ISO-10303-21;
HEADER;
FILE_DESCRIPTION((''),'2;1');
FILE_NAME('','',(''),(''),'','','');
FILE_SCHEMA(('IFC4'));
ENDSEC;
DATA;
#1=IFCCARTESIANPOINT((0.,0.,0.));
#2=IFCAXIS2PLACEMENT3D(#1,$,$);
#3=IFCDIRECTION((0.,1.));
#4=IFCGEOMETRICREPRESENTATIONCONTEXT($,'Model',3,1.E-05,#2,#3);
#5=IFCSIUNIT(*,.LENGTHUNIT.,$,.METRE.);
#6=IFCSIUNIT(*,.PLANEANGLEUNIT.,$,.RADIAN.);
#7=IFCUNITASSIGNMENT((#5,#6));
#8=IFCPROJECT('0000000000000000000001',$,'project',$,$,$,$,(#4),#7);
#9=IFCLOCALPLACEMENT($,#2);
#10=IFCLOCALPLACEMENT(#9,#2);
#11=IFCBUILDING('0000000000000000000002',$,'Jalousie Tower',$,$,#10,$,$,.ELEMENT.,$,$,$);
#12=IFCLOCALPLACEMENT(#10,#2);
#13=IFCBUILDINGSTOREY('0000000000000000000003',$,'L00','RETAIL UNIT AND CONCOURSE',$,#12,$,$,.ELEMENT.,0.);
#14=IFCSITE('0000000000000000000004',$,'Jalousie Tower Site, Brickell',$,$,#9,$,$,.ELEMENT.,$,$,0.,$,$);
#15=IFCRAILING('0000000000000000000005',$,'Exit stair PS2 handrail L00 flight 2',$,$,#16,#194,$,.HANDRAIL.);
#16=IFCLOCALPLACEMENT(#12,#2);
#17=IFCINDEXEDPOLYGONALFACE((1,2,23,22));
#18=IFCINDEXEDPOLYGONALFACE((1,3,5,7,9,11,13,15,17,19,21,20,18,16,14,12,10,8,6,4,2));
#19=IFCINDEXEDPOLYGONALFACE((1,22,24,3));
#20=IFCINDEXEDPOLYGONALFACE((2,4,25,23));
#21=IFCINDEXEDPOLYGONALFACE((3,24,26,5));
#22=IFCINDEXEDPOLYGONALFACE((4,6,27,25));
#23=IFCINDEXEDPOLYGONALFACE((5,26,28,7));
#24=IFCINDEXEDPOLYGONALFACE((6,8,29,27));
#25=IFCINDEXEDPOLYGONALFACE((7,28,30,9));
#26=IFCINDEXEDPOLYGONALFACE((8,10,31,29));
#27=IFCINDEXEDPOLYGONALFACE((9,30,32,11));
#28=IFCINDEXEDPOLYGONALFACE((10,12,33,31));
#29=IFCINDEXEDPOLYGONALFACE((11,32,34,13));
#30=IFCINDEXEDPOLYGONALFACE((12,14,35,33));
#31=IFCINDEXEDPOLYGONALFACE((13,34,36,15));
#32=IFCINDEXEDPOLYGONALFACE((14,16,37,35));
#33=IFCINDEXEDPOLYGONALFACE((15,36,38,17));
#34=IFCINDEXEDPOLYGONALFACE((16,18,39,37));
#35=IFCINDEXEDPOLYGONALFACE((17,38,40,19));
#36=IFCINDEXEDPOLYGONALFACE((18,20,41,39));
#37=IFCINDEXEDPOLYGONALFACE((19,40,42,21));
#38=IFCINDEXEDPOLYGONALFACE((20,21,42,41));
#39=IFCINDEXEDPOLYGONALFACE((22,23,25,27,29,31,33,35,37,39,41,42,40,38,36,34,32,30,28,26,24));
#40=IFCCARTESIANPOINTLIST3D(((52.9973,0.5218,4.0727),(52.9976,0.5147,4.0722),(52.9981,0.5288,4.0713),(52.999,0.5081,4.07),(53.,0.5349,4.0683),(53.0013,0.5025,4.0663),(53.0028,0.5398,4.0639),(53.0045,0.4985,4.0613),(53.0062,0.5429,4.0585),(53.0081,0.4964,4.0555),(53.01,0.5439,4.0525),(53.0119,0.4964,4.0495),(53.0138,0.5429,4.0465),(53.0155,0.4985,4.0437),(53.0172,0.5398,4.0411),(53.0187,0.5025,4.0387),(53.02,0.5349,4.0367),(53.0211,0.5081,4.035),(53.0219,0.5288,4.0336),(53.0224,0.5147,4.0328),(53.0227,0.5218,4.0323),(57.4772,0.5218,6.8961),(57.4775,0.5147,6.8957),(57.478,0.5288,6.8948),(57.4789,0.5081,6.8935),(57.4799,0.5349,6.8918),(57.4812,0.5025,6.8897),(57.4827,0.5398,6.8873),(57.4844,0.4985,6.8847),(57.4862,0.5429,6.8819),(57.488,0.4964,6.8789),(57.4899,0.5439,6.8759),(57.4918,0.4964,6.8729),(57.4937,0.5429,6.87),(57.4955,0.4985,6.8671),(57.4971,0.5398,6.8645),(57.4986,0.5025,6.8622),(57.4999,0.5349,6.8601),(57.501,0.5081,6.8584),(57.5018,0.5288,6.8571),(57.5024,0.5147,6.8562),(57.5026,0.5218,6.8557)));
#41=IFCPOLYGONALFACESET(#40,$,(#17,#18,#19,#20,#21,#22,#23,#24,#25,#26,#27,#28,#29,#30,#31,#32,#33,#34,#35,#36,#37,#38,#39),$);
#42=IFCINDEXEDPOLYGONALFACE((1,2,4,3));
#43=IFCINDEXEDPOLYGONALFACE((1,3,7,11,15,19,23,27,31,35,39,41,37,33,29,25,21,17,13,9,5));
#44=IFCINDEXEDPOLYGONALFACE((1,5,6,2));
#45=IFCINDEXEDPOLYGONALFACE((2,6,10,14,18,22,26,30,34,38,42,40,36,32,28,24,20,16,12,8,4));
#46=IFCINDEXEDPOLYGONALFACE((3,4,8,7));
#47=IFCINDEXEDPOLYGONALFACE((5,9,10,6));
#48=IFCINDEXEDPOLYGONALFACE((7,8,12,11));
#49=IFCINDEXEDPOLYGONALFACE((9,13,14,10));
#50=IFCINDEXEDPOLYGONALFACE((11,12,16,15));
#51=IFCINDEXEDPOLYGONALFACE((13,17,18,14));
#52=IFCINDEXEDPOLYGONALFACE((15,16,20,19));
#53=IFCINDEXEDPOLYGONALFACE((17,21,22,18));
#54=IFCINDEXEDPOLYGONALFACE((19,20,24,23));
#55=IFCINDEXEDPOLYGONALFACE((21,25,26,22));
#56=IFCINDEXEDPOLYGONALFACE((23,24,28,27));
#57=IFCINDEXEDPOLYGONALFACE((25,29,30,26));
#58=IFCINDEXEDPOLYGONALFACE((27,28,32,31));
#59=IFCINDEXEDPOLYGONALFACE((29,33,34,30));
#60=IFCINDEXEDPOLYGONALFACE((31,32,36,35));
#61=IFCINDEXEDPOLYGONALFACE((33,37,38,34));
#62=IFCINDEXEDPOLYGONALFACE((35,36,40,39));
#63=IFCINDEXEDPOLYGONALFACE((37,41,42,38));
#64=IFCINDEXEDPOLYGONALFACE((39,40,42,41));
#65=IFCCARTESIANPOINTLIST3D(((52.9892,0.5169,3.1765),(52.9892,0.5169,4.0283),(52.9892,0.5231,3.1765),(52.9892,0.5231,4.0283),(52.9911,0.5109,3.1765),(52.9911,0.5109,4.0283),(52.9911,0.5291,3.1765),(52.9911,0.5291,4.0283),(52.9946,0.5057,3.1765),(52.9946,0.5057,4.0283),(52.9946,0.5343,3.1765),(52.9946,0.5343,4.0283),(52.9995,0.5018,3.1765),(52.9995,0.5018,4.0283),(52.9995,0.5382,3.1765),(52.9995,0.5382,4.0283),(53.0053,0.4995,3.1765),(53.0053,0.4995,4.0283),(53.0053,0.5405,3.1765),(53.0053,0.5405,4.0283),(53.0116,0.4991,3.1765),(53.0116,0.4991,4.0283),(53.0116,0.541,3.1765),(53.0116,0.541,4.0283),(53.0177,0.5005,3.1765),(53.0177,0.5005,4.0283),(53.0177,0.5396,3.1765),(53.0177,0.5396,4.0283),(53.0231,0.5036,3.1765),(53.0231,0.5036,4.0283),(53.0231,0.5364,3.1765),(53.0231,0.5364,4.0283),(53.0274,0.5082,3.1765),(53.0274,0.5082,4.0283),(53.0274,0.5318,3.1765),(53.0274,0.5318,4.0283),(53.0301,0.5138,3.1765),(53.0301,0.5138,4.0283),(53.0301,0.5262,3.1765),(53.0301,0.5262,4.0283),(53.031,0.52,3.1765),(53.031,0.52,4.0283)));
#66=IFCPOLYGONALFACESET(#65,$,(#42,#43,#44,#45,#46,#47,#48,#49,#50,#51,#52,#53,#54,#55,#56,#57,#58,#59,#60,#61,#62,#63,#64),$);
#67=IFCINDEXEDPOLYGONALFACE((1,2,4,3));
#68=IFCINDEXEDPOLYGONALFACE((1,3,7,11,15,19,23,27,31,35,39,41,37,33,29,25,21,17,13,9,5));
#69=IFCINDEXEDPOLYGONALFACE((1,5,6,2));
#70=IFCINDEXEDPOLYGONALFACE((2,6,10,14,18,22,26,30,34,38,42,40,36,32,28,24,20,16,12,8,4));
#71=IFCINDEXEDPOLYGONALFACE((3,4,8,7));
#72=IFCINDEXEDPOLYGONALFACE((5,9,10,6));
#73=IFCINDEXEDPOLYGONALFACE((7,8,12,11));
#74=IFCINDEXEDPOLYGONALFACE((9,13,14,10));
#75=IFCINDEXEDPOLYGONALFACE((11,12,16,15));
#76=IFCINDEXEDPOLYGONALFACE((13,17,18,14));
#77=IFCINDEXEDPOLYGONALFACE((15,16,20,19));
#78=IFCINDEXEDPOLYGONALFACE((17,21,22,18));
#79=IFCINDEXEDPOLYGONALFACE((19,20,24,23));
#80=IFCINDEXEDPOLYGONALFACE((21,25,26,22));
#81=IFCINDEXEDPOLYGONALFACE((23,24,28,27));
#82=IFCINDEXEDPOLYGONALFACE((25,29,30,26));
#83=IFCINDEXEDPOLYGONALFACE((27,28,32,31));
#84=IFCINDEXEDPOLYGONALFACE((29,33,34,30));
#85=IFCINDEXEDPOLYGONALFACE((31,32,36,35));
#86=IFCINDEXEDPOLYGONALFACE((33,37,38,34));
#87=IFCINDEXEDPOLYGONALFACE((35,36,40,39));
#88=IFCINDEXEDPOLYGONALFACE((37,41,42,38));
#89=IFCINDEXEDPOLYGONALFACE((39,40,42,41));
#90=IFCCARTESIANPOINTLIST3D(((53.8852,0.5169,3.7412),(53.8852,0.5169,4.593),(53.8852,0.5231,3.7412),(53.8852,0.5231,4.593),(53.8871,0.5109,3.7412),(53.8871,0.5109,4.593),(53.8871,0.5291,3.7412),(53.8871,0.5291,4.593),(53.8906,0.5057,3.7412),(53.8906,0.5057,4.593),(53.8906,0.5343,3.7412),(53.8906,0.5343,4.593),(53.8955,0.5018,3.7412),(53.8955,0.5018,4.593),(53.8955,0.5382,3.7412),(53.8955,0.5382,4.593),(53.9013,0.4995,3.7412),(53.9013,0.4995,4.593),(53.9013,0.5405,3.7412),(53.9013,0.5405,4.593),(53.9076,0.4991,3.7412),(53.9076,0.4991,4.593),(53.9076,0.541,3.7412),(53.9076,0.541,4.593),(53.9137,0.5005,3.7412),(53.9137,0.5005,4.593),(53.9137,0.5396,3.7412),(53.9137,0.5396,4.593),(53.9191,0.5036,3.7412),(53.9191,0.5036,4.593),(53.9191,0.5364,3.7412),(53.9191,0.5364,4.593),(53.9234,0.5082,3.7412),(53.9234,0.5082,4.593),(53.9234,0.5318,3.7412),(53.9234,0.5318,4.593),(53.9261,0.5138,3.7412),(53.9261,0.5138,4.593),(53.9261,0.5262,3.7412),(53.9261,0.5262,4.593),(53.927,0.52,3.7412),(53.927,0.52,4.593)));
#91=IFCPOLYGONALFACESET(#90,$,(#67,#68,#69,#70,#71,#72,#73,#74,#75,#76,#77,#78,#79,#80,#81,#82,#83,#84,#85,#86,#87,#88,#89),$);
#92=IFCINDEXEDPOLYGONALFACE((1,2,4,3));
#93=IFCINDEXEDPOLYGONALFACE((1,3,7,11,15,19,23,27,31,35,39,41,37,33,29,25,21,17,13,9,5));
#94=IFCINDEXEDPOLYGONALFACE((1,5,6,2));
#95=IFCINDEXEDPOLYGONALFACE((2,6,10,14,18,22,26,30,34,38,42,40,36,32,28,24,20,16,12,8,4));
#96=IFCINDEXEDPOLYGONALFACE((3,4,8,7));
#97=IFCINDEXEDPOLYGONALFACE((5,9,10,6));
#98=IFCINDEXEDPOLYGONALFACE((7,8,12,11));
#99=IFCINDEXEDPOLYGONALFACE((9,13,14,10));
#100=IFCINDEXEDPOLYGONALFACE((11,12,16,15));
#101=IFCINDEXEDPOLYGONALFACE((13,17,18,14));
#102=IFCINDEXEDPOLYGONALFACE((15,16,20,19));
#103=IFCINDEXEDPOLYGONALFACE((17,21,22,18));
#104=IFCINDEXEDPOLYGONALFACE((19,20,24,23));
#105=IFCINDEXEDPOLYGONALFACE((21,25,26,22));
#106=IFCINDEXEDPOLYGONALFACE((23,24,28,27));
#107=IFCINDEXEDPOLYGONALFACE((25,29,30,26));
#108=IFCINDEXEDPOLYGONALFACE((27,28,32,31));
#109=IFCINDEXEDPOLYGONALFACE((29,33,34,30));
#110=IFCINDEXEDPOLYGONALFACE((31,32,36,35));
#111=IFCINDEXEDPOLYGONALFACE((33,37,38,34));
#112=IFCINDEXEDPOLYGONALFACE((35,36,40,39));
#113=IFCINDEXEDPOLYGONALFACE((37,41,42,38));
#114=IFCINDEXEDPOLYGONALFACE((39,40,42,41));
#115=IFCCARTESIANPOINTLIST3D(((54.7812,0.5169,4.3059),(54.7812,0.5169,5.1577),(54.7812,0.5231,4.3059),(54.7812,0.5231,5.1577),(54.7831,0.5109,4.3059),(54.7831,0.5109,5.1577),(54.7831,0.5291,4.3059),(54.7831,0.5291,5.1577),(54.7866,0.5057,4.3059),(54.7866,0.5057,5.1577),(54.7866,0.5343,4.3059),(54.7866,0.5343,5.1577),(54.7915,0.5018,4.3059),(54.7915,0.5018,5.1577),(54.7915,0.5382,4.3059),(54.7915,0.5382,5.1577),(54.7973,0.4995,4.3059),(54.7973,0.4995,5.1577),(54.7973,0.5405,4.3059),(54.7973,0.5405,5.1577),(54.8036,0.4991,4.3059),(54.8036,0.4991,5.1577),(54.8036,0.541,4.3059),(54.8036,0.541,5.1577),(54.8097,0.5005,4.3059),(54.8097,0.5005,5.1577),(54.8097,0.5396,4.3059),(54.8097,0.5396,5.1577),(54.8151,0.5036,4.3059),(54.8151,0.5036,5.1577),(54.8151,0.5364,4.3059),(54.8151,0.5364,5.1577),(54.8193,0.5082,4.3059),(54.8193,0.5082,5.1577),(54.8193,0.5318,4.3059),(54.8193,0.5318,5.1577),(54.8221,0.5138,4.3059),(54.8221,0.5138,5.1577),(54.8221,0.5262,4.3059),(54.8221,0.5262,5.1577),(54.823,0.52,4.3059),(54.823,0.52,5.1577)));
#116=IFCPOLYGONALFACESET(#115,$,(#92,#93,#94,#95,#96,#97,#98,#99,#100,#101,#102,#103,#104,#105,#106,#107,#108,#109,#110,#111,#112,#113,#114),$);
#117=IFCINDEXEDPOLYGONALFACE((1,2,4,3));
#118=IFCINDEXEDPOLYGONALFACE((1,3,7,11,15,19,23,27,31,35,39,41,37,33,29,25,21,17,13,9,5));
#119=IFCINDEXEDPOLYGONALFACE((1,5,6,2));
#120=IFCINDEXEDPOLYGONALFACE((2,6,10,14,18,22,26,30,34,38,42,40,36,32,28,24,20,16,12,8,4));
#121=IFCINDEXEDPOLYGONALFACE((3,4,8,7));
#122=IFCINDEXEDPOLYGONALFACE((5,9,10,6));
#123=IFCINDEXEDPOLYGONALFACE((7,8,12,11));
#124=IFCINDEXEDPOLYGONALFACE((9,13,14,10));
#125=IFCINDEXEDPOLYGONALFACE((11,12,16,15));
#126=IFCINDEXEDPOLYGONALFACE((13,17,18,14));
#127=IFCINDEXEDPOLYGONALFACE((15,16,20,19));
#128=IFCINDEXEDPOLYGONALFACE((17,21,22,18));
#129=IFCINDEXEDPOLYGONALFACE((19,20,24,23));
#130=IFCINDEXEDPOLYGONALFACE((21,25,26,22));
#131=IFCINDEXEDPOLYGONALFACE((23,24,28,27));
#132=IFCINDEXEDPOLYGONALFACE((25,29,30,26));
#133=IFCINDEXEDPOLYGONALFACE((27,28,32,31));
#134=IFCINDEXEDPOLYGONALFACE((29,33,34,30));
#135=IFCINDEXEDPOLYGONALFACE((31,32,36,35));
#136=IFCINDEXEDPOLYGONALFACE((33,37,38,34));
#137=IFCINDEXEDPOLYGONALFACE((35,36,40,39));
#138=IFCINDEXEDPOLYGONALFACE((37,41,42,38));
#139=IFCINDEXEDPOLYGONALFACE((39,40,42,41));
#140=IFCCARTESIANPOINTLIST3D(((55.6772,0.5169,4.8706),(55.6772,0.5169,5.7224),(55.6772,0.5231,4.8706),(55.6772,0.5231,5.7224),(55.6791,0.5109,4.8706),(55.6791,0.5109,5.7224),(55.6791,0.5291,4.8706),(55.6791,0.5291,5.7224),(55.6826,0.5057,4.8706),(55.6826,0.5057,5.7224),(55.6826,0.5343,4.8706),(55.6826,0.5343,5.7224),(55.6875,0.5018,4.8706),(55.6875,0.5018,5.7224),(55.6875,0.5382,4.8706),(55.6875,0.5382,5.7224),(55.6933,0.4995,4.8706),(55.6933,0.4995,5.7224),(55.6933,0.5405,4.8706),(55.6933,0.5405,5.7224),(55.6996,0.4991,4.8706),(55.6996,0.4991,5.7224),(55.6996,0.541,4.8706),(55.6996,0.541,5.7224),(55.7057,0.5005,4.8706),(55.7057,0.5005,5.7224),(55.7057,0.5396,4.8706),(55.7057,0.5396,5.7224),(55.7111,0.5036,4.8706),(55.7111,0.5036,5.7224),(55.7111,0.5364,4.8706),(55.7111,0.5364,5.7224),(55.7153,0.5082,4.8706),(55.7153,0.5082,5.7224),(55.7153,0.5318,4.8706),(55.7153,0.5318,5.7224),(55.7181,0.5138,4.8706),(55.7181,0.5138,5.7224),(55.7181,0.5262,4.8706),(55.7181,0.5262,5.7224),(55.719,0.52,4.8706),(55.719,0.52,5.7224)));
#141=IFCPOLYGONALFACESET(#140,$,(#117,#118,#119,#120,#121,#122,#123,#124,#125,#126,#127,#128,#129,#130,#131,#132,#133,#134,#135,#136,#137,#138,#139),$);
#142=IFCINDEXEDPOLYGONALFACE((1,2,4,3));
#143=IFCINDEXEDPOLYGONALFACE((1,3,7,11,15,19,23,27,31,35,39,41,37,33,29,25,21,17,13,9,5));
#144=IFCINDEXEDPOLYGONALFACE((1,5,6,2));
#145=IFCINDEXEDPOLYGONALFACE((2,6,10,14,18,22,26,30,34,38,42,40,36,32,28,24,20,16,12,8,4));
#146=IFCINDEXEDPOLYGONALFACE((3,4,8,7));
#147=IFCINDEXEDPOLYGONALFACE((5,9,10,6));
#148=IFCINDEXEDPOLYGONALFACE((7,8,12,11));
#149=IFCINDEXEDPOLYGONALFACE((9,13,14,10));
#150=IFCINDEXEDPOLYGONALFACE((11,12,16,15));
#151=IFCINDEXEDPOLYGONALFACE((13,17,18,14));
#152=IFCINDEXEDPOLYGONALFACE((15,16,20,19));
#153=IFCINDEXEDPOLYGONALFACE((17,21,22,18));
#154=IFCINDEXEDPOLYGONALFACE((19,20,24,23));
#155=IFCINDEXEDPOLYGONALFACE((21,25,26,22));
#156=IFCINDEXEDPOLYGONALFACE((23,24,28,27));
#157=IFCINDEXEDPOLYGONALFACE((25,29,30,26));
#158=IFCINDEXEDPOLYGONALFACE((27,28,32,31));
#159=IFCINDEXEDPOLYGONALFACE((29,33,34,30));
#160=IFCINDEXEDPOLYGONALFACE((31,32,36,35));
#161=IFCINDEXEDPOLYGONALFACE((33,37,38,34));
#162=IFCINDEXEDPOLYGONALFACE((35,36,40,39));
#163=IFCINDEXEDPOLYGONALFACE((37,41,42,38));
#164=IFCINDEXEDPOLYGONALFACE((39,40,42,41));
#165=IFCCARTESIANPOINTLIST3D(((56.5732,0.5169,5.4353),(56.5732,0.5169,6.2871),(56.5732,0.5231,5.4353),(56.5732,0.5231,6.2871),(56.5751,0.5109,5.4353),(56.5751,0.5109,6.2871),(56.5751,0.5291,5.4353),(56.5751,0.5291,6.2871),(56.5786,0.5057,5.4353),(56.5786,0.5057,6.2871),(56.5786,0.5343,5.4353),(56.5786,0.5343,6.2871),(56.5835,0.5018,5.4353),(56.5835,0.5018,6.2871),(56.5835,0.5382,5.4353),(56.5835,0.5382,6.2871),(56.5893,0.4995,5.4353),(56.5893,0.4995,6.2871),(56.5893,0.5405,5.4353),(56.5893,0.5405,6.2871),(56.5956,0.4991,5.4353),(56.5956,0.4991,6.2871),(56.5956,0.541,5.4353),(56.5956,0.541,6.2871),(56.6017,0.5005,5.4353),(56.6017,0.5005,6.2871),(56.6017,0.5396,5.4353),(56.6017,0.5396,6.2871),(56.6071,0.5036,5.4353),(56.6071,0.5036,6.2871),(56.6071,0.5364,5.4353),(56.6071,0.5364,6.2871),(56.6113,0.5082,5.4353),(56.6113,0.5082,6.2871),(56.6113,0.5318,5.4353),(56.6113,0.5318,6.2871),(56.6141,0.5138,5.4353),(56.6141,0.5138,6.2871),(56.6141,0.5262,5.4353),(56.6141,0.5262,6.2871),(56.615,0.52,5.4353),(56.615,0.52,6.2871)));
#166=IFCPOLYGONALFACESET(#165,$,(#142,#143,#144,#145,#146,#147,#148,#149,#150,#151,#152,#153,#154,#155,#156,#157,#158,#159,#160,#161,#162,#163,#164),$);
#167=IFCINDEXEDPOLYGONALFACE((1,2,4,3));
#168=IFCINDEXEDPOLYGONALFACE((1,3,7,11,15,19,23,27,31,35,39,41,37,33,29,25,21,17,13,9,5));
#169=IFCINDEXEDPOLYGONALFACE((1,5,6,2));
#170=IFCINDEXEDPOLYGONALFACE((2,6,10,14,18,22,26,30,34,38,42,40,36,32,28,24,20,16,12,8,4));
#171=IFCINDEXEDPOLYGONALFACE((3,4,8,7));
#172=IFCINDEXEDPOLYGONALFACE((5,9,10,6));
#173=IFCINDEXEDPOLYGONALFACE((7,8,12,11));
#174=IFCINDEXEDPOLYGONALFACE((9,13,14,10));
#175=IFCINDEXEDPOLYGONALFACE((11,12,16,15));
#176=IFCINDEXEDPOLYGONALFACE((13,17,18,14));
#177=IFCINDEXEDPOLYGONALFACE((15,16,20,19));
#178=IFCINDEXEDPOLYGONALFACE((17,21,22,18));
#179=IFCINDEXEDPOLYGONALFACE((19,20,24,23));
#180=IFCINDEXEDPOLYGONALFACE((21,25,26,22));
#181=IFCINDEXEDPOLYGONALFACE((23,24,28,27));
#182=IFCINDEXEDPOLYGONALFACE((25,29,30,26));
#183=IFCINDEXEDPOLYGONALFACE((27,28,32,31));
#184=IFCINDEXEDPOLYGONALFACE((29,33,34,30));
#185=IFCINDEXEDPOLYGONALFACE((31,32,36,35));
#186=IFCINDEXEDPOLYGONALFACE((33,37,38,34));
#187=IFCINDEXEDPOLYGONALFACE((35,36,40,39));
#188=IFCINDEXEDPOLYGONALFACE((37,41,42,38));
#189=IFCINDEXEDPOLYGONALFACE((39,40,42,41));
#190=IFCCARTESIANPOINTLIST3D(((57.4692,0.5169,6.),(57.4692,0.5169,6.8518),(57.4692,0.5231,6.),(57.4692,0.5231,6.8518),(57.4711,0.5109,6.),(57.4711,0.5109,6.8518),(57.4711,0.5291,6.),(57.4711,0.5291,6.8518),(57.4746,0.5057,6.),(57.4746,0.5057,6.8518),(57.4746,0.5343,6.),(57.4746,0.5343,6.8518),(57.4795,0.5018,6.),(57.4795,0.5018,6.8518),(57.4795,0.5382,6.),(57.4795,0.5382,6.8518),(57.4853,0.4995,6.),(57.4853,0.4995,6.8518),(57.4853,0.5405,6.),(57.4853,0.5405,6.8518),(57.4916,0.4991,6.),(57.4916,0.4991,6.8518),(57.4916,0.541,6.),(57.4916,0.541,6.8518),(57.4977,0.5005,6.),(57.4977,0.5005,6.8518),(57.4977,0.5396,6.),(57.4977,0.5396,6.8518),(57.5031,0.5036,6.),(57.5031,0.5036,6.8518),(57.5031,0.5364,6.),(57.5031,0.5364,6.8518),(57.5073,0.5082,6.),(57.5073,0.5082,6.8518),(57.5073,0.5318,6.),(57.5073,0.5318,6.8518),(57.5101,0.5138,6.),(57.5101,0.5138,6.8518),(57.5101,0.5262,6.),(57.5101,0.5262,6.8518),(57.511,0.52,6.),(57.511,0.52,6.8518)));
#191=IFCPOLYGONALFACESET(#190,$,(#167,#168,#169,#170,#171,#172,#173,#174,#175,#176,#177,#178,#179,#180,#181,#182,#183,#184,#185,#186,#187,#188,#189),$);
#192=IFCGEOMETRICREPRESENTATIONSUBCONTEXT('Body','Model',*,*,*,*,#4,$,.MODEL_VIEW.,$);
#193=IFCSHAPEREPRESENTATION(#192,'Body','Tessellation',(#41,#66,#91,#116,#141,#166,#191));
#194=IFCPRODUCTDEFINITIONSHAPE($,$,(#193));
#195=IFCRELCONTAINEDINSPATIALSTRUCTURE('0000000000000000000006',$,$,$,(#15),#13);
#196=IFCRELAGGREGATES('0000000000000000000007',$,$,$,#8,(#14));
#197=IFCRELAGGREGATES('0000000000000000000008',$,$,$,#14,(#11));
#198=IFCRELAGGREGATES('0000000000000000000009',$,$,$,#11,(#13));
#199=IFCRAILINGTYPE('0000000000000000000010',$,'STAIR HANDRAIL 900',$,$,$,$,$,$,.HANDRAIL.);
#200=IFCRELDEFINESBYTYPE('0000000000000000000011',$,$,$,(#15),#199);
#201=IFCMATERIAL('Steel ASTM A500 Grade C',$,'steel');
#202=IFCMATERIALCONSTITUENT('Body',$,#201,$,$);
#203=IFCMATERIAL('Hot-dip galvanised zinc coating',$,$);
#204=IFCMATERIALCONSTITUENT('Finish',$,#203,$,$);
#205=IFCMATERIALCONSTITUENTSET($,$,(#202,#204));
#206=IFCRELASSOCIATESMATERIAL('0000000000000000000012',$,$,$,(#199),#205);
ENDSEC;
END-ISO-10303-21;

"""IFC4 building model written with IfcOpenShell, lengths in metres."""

from ifc_helpers import new_model, si_unit, direction, frame, origin, origin_2d, place, context, subcontext, project, spatial, circle, extrude, material, constituent, constituent_set, type_object, element, save


model = new_model("IFC4")

# Units and contexts
model_context = context("Model", 3, precision=1e-05, world=origin(), true_north=direction((0.0, 1.0)))
body_context = subcontext(model_context, "Body", "Model", "MODEL_VIEW")
ifc_project = project(units=[si_unit("LENGTHUNIT", "METRE"), si_unit("PLANEANGLEUNIT", "RADIAN")], contexts=[model_context])

# Site, building, storey
site_placement = place(None, origin())
site = spatial("IfcSite", under=ifc_project, at=site_placement, Name="Jalousie Tower Site, Brickell", CompositionType="ELEMENT", RefElevation=0.0)
building_placement = place(site_placement, origin())
building = spatial("IfcBuilding", under=site, at=building_placement, Name="Jalousie Tower", CompositionType="ELEMENT")
storey_placement = place(building_placement, origin())
storey = spatial("IfcBuildingStorey", under=building, at=storey_placement, Name="L00", Description="RETAIL UNIT AND CONCOURSE", CompositionType="ELEMENT", Elevation=0.0)

# Railing
ifc_material_1 = material(Name="Steel ASTM A500 Grade C", Category="steel")
ifc_constituent_1 = constituent(ifc_material_1, Name="Body")
ifc_material_2 = material(Name="Hot-dip galvanised zinc coating")
ifc_constituent_2 = constituent(ifc_material_2, Name="Finish")
ifc_constituent_set_1 = constituent_set(constituents=[ifc_constituent_1, ifc_constituent_2])
railing_type_1 = type_object("IfcRailingType", Name="STAIR HANDRAIL 900", PredefinedType="HANDRAIL", material=ifc_constituent_set_1)
railing_1_placement = place(storey_placement, frame((53.01, 0.52, 3.1765)))
element("IfcRailing", 1, at=railing_1_placement, inside=storey, type_object=railing_type_1, Name="Exit stair PS2 handrail L00 flight 2", PredefinedType="HANDRAIL", context=body_context, shape_type="SweptSolid", body=[
    extrude(circle(Radius=0.0239, at=origin_2d()), frame((0.0, 0.0, 0.876), z_axis=(0.845998, 0.0, 0.533186), x_axis=(0.0, 1.0, 0.0)), (0.0, 0.0, 1.0), 5.2954),
    extrude(circle(Radius=0.021, at=origin_2d()), origin(), (0.0, 0.0, 1.0), 0.8518),
    extrude(circle(Radius=0.021, at=origin_2d()), frame((0.896, 0.0, 0.5647)), (0.0, 0.0, 1.0), 0.8518),
    extrude(circle(Radius=0.021, at=origin_2d()), frame((1.792, 0.0, 1.1294)), (0.0, 0.0, 1.0), 0.8518),
    extrude(circle(Radius=0.021, at=origin_2d()), frame((2.688, 0.0, 1.6941)), (0.0, 0.0, 1.0), 0.8518),
    extrude(circle(Radius=0.021, at=origin_2d()), frame((3.584, 0.0, 2.2588)), (0.0, 0.0, 1.0), 0.8518),
    extrude(circle(Radius=0.021, at=origin_2d()), frame((4.48, 0.0, 2.8235)), (0.0, 0.0, 1.0), 0.8518),
])

save(model, "model.ifc")
